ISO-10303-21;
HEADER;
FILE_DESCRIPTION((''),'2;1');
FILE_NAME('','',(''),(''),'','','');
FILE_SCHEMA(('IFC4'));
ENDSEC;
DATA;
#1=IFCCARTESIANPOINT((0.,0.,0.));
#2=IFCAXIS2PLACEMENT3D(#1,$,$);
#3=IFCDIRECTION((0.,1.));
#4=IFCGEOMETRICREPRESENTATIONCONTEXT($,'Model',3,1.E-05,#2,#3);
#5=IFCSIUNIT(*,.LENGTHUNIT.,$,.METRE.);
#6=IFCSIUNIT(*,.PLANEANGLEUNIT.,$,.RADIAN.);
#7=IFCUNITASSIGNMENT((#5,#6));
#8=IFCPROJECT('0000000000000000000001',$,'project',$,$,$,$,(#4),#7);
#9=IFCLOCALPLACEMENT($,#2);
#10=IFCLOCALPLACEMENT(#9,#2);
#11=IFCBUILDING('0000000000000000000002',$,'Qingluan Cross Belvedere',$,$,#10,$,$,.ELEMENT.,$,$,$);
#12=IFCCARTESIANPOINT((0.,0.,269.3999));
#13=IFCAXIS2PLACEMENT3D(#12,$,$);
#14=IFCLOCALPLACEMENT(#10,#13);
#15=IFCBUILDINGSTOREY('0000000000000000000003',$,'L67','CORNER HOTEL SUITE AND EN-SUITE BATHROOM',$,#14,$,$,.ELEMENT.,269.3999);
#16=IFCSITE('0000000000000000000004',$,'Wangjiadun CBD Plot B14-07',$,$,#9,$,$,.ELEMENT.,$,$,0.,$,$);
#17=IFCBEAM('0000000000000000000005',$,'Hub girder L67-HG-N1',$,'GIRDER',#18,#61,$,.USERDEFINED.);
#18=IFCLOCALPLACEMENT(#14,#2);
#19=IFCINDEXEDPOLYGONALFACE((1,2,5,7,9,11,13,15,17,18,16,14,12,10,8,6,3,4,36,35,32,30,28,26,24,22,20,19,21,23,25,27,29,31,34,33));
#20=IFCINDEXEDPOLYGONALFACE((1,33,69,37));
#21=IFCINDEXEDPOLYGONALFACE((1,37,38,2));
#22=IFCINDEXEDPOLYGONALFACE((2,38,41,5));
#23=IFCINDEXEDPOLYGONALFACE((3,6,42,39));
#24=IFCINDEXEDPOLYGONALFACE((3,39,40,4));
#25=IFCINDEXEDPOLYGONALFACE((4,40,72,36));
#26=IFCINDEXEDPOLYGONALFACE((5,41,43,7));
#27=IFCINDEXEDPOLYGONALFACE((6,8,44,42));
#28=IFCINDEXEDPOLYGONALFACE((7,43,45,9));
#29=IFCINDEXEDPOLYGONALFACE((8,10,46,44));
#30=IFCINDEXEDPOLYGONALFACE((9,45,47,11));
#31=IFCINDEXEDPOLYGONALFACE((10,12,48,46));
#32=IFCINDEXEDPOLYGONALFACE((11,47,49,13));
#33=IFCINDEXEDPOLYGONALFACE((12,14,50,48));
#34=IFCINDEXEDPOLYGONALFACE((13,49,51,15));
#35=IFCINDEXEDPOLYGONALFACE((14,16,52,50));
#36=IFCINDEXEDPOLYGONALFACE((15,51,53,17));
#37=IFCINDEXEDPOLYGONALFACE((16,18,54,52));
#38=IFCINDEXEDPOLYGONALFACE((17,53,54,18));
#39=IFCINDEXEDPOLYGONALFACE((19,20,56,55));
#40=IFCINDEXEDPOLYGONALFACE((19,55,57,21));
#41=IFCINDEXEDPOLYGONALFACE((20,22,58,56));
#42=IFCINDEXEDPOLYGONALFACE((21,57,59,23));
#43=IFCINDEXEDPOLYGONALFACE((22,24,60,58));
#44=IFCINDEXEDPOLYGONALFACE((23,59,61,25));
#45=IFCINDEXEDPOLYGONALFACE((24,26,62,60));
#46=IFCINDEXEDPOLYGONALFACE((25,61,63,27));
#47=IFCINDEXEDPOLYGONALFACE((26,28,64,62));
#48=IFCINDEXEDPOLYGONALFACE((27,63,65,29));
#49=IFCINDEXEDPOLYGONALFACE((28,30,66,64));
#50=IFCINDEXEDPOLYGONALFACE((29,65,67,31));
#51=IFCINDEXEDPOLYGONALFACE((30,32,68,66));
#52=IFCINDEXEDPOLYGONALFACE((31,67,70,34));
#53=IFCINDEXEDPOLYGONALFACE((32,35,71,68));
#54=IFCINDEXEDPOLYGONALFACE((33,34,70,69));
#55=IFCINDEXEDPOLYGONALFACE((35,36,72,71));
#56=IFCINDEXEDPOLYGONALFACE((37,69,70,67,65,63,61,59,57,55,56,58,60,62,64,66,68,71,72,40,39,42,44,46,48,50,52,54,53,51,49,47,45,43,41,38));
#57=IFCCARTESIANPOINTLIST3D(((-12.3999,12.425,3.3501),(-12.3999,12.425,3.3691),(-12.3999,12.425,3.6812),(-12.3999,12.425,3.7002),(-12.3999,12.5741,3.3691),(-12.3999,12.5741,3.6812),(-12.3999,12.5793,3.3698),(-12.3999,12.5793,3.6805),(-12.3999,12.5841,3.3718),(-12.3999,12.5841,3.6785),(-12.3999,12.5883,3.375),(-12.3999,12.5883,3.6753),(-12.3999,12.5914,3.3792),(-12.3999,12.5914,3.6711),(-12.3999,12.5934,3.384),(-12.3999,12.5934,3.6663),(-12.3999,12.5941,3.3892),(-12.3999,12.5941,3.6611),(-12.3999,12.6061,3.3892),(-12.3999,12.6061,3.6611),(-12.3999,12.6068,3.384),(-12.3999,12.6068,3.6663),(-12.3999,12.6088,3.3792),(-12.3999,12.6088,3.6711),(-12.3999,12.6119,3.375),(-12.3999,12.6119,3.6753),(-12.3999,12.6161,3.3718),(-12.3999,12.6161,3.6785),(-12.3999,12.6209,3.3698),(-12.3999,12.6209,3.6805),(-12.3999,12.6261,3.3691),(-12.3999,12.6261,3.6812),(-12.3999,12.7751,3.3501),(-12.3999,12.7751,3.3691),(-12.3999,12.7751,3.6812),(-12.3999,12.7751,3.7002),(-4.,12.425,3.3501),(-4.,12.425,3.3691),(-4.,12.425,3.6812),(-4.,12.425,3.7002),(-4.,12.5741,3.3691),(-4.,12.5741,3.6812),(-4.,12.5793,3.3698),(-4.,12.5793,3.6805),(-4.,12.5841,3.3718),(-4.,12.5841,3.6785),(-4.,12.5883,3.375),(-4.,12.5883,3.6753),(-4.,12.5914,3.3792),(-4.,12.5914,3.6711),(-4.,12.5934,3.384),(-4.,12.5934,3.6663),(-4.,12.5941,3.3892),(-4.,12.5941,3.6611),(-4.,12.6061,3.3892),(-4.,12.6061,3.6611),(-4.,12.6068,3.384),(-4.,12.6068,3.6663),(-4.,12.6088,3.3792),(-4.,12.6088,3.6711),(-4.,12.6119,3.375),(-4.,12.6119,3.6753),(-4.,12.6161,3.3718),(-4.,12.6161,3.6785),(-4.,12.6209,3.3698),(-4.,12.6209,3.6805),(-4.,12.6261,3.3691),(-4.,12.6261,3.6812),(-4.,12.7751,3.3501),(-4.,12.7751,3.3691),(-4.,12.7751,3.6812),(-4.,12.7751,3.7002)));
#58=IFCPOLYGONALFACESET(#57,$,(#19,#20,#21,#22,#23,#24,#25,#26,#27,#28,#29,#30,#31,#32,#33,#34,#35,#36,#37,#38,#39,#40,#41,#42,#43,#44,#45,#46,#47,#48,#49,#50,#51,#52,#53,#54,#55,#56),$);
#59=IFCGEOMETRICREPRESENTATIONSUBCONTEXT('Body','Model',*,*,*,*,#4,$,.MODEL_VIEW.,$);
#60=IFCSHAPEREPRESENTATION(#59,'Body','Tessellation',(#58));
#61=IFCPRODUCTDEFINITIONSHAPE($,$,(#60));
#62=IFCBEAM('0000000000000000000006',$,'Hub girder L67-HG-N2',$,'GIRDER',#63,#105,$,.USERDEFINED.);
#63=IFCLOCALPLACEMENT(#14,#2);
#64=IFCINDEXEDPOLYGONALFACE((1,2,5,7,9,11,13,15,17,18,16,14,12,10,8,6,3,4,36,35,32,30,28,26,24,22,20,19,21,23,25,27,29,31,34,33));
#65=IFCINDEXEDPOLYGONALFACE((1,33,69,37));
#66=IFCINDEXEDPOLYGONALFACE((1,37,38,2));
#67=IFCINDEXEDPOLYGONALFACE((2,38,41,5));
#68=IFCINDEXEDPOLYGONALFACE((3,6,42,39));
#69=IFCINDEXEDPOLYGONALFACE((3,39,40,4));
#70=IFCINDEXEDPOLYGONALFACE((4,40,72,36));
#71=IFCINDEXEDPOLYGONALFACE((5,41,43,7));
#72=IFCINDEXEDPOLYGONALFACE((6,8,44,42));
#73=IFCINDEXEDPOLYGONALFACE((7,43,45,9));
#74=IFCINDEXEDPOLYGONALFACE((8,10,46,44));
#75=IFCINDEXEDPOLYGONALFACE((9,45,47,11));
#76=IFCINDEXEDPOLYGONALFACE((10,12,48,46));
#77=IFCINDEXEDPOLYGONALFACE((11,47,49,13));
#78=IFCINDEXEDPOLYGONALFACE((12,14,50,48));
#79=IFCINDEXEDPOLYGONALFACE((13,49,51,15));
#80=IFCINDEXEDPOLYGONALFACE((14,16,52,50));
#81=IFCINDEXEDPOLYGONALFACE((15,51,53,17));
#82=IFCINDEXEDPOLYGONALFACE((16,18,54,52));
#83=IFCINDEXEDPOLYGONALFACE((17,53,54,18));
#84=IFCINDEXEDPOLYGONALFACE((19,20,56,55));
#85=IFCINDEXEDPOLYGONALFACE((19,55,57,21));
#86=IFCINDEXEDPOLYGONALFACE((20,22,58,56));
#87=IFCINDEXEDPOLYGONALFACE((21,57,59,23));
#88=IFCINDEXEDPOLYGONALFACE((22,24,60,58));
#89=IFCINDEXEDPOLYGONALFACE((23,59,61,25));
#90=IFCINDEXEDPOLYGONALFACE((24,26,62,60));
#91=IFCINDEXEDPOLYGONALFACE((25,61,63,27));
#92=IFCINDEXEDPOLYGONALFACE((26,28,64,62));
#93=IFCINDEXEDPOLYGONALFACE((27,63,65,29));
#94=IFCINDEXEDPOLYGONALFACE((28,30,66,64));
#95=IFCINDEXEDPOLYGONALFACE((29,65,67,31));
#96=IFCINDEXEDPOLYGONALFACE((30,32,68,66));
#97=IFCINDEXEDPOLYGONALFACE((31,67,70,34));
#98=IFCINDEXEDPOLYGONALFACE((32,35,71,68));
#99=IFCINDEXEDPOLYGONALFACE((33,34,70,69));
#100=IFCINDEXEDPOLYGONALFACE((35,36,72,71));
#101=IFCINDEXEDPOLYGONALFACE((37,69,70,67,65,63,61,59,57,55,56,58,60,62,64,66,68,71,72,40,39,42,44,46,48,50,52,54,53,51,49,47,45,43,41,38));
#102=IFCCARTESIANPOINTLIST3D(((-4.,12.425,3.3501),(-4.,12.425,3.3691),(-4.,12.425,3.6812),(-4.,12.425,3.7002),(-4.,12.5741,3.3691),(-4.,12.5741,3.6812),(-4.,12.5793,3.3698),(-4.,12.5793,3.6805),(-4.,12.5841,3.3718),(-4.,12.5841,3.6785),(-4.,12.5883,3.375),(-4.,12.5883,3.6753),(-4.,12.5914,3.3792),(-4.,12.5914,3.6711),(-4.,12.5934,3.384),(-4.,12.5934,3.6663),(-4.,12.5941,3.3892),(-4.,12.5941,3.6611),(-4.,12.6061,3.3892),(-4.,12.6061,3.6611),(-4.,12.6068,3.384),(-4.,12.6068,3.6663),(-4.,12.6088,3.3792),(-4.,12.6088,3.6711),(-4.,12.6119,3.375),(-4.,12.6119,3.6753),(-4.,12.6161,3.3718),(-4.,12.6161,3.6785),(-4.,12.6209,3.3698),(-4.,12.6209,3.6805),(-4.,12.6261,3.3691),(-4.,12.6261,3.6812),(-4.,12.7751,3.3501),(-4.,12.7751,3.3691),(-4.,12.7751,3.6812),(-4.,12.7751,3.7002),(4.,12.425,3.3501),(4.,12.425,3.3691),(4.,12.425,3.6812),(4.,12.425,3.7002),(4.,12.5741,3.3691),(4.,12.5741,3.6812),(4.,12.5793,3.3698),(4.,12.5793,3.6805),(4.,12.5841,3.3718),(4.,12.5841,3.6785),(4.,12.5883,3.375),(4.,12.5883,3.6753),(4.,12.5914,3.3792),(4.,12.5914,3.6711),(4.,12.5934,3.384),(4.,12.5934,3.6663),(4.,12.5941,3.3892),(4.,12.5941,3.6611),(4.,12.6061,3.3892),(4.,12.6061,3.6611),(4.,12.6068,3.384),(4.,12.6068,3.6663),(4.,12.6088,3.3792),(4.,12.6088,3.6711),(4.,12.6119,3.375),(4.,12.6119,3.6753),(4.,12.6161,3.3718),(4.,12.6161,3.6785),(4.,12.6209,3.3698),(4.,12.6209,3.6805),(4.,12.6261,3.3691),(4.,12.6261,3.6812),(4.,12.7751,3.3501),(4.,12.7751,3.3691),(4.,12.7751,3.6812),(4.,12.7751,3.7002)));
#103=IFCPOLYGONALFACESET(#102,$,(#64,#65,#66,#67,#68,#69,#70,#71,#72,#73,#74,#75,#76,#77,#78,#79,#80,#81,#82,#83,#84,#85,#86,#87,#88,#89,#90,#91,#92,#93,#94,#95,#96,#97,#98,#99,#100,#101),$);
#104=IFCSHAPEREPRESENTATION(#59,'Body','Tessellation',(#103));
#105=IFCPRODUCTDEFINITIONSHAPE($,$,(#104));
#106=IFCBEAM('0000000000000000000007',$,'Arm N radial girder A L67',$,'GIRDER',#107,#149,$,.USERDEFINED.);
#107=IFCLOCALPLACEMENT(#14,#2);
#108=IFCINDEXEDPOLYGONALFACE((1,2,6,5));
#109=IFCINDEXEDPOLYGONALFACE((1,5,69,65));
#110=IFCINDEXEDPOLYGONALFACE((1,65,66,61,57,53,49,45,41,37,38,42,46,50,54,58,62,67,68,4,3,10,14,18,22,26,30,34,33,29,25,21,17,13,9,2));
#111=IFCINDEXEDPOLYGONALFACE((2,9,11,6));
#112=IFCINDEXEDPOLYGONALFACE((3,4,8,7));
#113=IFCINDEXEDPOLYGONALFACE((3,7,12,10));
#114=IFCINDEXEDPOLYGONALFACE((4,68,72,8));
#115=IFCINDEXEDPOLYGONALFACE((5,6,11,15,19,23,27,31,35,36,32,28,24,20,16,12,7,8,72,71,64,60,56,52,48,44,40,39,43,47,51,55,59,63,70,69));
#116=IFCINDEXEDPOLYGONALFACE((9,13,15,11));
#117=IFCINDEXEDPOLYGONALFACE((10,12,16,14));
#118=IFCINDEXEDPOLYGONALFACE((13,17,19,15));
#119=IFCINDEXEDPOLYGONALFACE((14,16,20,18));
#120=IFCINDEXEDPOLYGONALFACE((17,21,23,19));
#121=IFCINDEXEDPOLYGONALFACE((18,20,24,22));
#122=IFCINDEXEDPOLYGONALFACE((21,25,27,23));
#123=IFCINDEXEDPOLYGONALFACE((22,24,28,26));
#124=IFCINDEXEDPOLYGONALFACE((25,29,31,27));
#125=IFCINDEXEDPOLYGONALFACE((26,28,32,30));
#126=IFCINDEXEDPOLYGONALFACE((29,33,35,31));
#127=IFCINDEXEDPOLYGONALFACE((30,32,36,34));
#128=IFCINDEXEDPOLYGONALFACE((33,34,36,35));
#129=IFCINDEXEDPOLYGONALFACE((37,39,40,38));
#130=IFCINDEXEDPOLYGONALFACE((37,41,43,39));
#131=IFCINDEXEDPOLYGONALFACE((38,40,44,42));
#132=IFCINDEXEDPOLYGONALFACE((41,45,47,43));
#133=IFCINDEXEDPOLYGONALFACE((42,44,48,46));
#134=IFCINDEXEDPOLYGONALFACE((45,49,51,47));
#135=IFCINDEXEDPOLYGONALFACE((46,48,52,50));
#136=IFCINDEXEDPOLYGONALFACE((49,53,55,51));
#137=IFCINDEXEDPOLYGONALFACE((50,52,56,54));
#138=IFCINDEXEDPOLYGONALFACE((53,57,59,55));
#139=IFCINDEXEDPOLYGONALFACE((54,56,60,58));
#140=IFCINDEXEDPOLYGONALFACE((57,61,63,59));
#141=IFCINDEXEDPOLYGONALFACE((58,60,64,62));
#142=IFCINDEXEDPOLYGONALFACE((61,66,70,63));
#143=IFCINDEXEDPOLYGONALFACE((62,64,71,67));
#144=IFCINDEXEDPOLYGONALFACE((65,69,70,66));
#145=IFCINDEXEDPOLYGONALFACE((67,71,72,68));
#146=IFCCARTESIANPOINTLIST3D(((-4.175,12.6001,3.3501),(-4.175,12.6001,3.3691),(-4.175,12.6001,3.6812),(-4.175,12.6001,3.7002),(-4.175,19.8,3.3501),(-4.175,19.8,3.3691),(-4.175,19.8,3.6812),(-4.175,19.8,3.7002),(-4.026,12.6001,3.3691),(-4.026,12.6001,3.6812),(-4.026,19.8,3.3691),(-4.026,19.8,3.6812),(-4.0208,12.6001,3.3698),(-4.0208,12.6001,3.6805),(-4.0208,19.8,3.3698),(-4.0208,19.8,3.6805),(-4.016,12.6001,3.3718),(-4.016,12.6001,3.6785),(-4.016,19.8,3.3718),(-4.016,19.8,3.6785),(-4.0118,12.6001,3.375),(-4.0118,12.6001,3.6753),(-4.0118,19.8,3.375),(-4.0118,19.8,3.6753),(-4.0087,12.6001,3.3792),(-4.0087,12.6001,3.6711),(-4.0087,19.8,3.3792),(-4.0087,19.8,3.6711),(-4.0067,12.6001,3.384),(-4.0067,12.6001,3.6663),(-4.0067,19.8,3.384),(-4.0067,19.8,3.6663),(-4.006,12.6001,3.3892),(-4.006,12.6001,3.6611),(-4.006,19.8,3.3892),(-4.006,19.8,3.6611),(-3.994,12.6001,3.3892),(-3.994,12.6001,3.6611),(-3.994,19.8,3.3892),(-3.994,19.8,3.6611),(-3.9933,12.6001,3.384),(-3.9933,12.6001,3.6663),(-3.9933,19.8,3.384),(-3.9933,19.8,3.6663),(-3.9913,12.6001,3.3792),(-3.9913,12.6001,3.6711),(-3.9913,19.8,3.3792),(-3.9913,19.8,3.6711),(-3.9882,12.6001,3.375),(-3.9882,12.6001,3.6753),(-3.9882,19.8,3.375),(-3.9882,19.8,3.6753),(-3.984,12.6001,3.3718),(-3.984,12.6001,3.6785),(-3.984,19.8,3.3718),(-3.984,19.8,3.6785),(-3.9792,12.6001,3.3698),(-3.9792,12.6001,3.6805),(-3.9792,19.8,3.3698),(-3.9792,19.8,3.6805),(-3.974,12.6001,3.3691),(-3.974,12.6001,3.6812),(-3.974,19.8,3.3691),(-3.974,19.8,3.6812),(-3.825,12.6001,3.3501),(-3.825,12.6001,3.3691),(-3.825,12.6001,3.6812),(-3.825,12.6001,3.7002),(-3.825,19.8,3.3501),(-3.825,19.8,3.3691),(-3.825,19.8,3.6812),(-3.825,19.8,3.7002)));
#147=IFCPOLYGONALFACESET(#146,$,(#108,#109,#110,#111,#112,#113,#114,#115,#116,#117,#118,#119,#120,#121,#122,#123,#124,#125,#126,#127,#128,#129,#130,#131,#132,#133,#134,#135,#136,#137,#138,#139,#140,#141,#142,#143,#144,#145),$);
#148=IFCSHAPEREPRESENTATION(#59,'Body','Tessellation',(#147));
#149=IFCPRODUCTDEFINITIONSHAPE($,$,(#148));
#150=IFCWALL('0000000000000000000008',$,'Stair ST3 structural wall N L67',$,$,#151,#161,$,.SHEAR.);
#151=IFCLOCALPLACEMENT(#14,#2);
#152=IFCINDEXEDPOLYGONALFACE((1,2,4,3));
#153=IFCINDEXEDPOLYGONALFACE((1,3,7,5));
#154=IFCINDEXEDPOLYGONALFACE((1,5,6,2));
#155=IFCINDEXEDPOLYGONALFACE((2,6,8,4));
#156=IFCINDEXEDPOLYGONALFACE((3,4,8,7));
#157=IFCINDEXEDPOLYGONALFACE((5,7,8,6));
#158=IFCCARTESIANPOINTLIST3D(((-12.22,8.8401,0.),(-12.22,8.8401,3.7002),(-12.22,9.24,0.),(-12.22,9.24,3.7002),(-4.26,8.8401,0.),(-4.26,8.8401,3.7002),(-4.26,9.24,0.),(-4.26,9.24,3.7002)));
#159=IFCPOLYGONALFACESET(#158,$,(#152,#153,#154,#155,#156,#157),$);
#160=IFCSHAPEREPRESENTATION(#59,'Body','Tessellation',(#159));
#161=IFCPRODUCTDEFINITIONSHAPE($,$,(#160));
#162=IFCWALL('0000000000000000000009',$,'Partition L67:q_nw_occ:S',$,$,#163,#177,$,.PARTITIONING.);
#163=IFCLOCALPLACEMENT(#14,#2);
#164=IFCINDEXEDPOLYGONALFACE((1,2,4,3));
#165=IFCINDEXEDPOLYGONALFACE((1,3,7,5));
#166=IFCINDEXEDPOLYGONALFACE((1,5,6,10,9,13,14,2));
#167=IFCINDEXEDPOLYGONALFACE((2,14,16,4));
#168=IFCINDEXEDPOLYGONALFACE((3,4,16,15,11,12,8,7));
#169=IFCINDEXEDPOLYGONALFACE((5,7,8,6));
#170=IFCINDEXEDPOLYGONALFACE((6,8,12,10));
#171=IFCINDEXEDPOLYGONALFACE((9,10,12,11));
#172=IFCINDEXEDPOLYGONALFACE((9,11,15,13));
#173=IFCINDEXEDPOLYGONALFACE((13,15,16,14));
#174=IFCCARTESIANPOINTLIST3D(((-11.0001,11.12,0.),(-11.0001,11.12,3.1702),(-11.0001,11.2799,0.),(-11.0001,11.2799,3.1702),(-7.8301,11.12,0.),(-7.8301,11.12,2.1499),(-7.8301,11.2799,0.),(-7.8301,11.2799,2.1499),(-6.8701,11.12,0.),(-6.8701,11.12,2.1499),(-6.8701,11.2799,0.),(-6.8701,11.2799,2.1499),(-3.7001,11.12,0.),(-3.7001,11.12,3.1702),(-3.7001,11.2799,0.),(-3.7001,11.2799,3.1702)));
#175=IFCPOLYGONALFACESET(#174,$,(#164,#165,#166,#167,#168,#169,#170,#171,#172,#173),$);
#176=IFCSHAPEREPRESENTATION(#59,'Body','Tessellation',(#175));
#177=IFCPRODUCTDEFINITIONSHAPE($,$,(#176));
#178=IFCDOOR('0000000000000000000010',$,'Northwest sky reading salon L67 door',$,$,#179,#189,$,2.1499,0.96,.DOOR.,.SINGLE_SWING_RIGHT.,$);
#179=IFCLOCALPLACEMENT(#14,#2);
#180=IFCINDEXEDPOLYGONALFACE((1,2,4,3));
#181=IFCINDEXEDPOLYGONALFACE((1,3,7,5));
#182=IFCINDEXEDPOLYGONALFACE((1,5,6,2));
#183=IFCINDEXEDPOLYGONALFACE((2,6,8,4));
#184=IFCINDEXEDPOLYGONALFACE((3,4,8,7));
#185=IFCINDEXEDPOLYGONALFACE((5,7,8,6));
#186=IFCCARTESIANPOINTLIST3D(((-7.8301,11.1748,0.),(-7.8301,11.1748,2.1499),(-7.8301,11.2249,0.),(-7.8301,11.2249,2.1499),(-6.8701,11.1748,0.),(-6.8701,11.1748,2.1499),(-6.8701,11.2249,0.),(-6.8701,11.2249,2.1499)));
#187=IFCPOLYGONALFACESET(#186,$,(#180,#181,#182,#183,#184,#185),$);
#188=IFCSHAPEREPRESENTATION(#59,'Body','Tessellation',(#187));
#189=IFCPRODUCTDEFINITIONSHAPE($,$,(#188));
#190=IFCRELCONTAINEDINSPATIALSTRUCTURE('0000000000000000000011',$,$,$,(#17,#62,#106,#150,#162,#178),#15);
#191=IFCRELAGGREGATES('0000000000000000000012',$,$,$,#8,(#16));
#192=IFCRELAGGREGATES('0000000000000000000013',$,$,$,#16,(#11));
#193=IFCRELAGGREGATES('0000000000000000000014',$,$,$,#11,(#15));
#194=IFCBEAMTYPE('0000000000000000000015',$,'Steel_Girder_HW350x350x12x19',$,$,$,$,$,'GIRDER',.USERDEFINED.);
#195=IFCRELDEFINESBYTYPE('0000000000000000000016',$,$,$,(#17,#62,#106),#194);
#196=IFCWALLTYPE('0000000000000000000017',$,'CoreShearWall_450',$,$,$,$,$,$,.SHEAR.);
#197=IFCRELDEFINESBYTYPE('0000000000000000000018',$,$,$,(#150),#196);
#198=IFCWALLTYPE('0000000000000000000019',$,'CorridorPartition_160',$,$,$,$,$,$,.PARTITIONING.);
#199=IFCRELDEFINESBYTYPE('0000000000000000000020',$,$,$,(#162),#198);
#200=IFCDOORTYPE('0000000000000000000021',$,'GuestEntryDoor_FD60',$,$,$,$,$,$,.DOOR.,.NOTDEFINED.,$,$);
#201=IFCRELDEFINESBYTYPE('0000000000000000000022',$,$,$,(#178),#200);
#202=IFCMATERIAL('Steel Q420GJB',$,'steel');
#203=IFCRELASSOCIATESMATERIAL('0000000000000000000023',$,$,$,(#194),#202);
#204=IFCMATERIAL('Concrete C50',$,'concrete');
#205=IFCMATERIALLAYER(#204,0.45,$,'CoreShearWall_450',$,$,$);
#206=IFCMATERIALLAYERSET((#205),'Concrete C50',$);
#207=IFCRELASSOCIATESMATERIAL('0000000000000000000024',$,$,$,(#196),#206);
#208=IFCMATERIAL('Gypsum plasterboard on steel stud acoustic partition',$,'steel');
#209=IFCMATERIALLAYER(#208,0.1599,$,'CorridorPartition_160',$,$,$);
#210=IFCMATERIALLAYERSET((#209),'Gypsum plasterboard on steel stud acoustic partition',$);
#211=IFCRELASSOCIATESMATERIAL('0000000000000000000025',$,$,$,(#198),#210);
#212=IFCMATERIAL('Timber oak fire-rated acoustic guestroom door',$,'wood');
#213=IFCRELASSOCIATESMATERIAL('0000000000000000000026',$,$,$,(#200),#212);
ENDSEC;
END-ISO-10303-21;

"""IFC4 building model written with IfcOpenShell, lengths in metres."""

from ifc_helpers import new_model, si_unit, direction, frame, frame_2d, origin, origin_2d, place, context, subcontext, project, spatial, rectangle, i_section, extrude, material, layer, layer_set, material_profile, profile_set, type_object, element, fill, save


model = new_model("IFC4")

# Units and contexts
model_context = context("Model", 3, precision=1e-05, world=origin(), true_north=direction((0.0, 1.0)))
body_context = subcontext(model_context, "Body", "Model", "MODEL_VIEW")
ifc_project = project(units=[si_unit("LENGTHUNIT", "METRE"), si_unit("PLANEANGLEUNIT", "RADIAN")], contexts=[model_context])

# Site, building, storey
site_placement = place(None, origin())
site = spatial("IfcSite", under=ifc_project, at=site_placement, Name="Wangjiadun CBD Plot B14-07", CompositionType="ELEMENT", RefElevation=0.0)
building_placement = place(site_placement, origin())
building = spatial("IfcBuilding", under=site, at=building_placement, Name="Qingluan Cross Belvedere", CompositionType="ELEMENT")
storey_placement = place(building_placement, frame((0.0, 0.0, 269.3999)))
storey = spatial("IfcBuildingStorey", under=building, at=storey_placement, Name="L67", Description="CORNER HOTEL SUITE AND EN-SUITE BATHROOM", CompositionType="ELEMENT", Elevation=269.3999)

# Beams
ifc_material_1 = material(Name="Steel Q420GJB", Category="steel")
ifc_material_profile_1 = material_profile(ifc_material_1, i_section(OverallWidth=0.3501, OverallDepth=0.3501, WebThickness=0.012, FlangeThickness=0.019, FilletRadius=0.02, at=origin_2d()), Name="HW350x350x12x19")
ifc_profile_set_1 = profile_set([ifc_material_profile_1], Name="Steel Q420GJB")
beam_type_1 = type_object("IfcBeamType", Name="Steel_Girder_HW350x350x12x19", ElementType="GIRDER", PredefinedType="USERDEFINED", material=ifc_profile_set_1)
beam_1_placement = place(storey_placement, frame((-12.3999, 12.6001, 3.5251), z_axis=(1.0, 0.0, 0.0), x_axis=(0.0, 1.0, 0.0)))
element("IfcBeam", 1, at=beam_1_placement, inside=storey, type_object=beam_type_1, Name="Hub girder L67-HG-N1", ObjectType="GIRDER", PredefinedType="USERDEFINED", context=body_context, shape_type="SweptSolid", body=[
    extrude(i_section(OverallWidth=0.3501, OverallDepth=0.3501, WebThickness=0.012, FlangeThickness=0.019, FilletRadius=0.02, at=origin_2d()), origin(), (0.0, 0.0, 1.0), 8.3999),
])
beam_2_placement = place(storey_placement, frame((-4.0, 12.6001, 3.5251), z_axis=(1.0, 0.0, 0.0), x_axis=(0.0, 1.0, 0.0)))
element("IfcBeam", 2, at=beam_2_placement, inside=storey, type_object=beam_type_1, Name="Hub girder L67-HG-N2", ObjectType="GIRDER", PredefinedType="USERDEFINED", context=body_context, shape_type="SweptSolid", body=[
    extrude(i_section(OverallWidth=0.3501, OverallDepth=0.3501, WebThickness=0.012, FlangeThickness=0.019, FilletRadius=0.02, at=origin_2d()), origin(), (0.0, 0.0, 1.0), 8.0),
])
beam_3_placement = place(storey_placement, frame((-4.0, 12.6001, 3.5251), z_axis=(0.0, 1.0, 0.0), x_axis=(-1.0, 0.0, 0.0)))
element("IfcBeam", 3, at=beam_3_placement, inside=storey, type_object=beam_type_1, Name="Arm N radial girder A L67", ObjectType="GIRDER", PredefinedType="USERDEFINED", context=body_context, shape_type="SweptSolid", body=[
    extrude(i_section(OverallWidth=0.3501, OverallDepth=0.3501, WebThickness=0.012, FlangeThickness=0.019, FilletRadius=0.02, at=origin_2d()), origin(), (0.0, 0.0, 1.0), 7.2),
])

# Wall
ifc_material_2 = material(Name="Concrete C50", Category="concrete")
ifc_layer_1 = layer(ifc_material_2, 0.45, Name="CoreShearWall_450")
ifc_layer_set_1 = layer_set([ifc_layer_1], Name="Concrete C50")
wall_type_1 = type_object("IfcWallType", Name="CoreShearWall_450", PredefinedType="SHEAR", material=ifc_layer_set_1)
wall_1_placement = place(storey_placement, frame((-12.22, 9.04, 0.0), z_axis=(0.0, 0.0, 1.0), x_axis=(1.0, 0.0, 0.0)))
element("IfcWall", 4, at=wall_1_placement, inside=storey, type_object=wall_type_1, Name="Stair ST3 structural wall N L67", PredefinedType="SHEAR", context=body_context, shape_type="SweptSolid", body=[
    extrude(rectangle(XDim=7.96, YDim=0.3999, at=frame_2d((3.98, 0.0))), origin(), (0.0, 0.0, 1.0), 3.7002),
])

# Wall, opening, door
ifc_material_3 = material(Name="Gypsum plasterboard on steel stud acoustic partition", Category="steel")
ifc_layer_2 = layer(ifc_material_3, 0.1599, Name="CorridorPartition_160")
ifc_layer_set_2 = layer_set([ifc_layer_2], Name="Gypsum plasterboard on steel stud acoustic partition")
wall_type_2 = type_object("IfcWallType", Name="CorridorPartition_160", PredefinedType="PARTITIONING", material=ifc_layer_set_2)
wall_2_placement = place(storey_placement, frame((-11.0, 11.2, 0.0), z_axis=(0.0, 0.0, 1.0), x_axis=(1.0, 0.0, 0.0)))
wall_2 = element("IfcWall", 5, at=wall_2_placement, inside=storey, type_object=wall_type_2, Name="Partition L67:q_nw_occ:S", PredefinedType="PARTITIONING", context=body_context, shape_type="SweptSolid", body=[
    extrude(rectangle(XDim=7.3, YDim=0.1599, at=frame_2d((3.6499, 0.0))), origin(), (0.0, 0.0, 1.0), 3.1702),
])
opening_placement = place(wall_2_placement, frame((3.1699, 0.0, 0.0)))
opening = element("IfcOpeningElement", 6, at=opening_placement, cuts=wall_2, PredefinedType="OPENING", context=body_context, shape_type="SweptSolid", body=[
    extrude(rectangle(XDim=0.96, YDim=2.1499, at=frame_2d((0.48, 1.075))), frame((0.0, 0.0898, 0.0), z_axis=(0.0, -1.0, 0.0), x_axis=(1.0, 0.0, 0.0)), (0.0, 0.0, 1.0), 0.1799),
])
ifc_material_4 = material(Name="Timber oak fire-rated acoustic guestroom door", Category="wood")
door_type = type_object("IfcDoorType", Name="GuestEntryDoor_FD60", OperationType="NOTDEFINED", PredefinedType="DOOR", material=ifc_material_4)
door_placement = place(opening_placement, origin())
door = element("IfcDoor", 7, at=door_placement, inside=storey, type_object=door_type, Name="Northwest sky reading salon L67 door", OperationType="SINGLE_SWING_RIGHT", OverallHeight=2.1499, OverallWidth=0.96, PredefinedType="DOOR", context=body_context, shape_type="SweptSolid", body=[
    extrude(rectangle(XDim=0.96, YDim=2.1499, at=frame_2d((0.48, 1.075))), frame((0.0, 0.0249, 0.0), z_axis=(0.0, -1.0, 0.0), x_axis=(1.0, 0.0, 0.0)), (0.0, 0.0, 1.0), 0.05),
])
fill(opening, door)

save(model, "model.ifc")
